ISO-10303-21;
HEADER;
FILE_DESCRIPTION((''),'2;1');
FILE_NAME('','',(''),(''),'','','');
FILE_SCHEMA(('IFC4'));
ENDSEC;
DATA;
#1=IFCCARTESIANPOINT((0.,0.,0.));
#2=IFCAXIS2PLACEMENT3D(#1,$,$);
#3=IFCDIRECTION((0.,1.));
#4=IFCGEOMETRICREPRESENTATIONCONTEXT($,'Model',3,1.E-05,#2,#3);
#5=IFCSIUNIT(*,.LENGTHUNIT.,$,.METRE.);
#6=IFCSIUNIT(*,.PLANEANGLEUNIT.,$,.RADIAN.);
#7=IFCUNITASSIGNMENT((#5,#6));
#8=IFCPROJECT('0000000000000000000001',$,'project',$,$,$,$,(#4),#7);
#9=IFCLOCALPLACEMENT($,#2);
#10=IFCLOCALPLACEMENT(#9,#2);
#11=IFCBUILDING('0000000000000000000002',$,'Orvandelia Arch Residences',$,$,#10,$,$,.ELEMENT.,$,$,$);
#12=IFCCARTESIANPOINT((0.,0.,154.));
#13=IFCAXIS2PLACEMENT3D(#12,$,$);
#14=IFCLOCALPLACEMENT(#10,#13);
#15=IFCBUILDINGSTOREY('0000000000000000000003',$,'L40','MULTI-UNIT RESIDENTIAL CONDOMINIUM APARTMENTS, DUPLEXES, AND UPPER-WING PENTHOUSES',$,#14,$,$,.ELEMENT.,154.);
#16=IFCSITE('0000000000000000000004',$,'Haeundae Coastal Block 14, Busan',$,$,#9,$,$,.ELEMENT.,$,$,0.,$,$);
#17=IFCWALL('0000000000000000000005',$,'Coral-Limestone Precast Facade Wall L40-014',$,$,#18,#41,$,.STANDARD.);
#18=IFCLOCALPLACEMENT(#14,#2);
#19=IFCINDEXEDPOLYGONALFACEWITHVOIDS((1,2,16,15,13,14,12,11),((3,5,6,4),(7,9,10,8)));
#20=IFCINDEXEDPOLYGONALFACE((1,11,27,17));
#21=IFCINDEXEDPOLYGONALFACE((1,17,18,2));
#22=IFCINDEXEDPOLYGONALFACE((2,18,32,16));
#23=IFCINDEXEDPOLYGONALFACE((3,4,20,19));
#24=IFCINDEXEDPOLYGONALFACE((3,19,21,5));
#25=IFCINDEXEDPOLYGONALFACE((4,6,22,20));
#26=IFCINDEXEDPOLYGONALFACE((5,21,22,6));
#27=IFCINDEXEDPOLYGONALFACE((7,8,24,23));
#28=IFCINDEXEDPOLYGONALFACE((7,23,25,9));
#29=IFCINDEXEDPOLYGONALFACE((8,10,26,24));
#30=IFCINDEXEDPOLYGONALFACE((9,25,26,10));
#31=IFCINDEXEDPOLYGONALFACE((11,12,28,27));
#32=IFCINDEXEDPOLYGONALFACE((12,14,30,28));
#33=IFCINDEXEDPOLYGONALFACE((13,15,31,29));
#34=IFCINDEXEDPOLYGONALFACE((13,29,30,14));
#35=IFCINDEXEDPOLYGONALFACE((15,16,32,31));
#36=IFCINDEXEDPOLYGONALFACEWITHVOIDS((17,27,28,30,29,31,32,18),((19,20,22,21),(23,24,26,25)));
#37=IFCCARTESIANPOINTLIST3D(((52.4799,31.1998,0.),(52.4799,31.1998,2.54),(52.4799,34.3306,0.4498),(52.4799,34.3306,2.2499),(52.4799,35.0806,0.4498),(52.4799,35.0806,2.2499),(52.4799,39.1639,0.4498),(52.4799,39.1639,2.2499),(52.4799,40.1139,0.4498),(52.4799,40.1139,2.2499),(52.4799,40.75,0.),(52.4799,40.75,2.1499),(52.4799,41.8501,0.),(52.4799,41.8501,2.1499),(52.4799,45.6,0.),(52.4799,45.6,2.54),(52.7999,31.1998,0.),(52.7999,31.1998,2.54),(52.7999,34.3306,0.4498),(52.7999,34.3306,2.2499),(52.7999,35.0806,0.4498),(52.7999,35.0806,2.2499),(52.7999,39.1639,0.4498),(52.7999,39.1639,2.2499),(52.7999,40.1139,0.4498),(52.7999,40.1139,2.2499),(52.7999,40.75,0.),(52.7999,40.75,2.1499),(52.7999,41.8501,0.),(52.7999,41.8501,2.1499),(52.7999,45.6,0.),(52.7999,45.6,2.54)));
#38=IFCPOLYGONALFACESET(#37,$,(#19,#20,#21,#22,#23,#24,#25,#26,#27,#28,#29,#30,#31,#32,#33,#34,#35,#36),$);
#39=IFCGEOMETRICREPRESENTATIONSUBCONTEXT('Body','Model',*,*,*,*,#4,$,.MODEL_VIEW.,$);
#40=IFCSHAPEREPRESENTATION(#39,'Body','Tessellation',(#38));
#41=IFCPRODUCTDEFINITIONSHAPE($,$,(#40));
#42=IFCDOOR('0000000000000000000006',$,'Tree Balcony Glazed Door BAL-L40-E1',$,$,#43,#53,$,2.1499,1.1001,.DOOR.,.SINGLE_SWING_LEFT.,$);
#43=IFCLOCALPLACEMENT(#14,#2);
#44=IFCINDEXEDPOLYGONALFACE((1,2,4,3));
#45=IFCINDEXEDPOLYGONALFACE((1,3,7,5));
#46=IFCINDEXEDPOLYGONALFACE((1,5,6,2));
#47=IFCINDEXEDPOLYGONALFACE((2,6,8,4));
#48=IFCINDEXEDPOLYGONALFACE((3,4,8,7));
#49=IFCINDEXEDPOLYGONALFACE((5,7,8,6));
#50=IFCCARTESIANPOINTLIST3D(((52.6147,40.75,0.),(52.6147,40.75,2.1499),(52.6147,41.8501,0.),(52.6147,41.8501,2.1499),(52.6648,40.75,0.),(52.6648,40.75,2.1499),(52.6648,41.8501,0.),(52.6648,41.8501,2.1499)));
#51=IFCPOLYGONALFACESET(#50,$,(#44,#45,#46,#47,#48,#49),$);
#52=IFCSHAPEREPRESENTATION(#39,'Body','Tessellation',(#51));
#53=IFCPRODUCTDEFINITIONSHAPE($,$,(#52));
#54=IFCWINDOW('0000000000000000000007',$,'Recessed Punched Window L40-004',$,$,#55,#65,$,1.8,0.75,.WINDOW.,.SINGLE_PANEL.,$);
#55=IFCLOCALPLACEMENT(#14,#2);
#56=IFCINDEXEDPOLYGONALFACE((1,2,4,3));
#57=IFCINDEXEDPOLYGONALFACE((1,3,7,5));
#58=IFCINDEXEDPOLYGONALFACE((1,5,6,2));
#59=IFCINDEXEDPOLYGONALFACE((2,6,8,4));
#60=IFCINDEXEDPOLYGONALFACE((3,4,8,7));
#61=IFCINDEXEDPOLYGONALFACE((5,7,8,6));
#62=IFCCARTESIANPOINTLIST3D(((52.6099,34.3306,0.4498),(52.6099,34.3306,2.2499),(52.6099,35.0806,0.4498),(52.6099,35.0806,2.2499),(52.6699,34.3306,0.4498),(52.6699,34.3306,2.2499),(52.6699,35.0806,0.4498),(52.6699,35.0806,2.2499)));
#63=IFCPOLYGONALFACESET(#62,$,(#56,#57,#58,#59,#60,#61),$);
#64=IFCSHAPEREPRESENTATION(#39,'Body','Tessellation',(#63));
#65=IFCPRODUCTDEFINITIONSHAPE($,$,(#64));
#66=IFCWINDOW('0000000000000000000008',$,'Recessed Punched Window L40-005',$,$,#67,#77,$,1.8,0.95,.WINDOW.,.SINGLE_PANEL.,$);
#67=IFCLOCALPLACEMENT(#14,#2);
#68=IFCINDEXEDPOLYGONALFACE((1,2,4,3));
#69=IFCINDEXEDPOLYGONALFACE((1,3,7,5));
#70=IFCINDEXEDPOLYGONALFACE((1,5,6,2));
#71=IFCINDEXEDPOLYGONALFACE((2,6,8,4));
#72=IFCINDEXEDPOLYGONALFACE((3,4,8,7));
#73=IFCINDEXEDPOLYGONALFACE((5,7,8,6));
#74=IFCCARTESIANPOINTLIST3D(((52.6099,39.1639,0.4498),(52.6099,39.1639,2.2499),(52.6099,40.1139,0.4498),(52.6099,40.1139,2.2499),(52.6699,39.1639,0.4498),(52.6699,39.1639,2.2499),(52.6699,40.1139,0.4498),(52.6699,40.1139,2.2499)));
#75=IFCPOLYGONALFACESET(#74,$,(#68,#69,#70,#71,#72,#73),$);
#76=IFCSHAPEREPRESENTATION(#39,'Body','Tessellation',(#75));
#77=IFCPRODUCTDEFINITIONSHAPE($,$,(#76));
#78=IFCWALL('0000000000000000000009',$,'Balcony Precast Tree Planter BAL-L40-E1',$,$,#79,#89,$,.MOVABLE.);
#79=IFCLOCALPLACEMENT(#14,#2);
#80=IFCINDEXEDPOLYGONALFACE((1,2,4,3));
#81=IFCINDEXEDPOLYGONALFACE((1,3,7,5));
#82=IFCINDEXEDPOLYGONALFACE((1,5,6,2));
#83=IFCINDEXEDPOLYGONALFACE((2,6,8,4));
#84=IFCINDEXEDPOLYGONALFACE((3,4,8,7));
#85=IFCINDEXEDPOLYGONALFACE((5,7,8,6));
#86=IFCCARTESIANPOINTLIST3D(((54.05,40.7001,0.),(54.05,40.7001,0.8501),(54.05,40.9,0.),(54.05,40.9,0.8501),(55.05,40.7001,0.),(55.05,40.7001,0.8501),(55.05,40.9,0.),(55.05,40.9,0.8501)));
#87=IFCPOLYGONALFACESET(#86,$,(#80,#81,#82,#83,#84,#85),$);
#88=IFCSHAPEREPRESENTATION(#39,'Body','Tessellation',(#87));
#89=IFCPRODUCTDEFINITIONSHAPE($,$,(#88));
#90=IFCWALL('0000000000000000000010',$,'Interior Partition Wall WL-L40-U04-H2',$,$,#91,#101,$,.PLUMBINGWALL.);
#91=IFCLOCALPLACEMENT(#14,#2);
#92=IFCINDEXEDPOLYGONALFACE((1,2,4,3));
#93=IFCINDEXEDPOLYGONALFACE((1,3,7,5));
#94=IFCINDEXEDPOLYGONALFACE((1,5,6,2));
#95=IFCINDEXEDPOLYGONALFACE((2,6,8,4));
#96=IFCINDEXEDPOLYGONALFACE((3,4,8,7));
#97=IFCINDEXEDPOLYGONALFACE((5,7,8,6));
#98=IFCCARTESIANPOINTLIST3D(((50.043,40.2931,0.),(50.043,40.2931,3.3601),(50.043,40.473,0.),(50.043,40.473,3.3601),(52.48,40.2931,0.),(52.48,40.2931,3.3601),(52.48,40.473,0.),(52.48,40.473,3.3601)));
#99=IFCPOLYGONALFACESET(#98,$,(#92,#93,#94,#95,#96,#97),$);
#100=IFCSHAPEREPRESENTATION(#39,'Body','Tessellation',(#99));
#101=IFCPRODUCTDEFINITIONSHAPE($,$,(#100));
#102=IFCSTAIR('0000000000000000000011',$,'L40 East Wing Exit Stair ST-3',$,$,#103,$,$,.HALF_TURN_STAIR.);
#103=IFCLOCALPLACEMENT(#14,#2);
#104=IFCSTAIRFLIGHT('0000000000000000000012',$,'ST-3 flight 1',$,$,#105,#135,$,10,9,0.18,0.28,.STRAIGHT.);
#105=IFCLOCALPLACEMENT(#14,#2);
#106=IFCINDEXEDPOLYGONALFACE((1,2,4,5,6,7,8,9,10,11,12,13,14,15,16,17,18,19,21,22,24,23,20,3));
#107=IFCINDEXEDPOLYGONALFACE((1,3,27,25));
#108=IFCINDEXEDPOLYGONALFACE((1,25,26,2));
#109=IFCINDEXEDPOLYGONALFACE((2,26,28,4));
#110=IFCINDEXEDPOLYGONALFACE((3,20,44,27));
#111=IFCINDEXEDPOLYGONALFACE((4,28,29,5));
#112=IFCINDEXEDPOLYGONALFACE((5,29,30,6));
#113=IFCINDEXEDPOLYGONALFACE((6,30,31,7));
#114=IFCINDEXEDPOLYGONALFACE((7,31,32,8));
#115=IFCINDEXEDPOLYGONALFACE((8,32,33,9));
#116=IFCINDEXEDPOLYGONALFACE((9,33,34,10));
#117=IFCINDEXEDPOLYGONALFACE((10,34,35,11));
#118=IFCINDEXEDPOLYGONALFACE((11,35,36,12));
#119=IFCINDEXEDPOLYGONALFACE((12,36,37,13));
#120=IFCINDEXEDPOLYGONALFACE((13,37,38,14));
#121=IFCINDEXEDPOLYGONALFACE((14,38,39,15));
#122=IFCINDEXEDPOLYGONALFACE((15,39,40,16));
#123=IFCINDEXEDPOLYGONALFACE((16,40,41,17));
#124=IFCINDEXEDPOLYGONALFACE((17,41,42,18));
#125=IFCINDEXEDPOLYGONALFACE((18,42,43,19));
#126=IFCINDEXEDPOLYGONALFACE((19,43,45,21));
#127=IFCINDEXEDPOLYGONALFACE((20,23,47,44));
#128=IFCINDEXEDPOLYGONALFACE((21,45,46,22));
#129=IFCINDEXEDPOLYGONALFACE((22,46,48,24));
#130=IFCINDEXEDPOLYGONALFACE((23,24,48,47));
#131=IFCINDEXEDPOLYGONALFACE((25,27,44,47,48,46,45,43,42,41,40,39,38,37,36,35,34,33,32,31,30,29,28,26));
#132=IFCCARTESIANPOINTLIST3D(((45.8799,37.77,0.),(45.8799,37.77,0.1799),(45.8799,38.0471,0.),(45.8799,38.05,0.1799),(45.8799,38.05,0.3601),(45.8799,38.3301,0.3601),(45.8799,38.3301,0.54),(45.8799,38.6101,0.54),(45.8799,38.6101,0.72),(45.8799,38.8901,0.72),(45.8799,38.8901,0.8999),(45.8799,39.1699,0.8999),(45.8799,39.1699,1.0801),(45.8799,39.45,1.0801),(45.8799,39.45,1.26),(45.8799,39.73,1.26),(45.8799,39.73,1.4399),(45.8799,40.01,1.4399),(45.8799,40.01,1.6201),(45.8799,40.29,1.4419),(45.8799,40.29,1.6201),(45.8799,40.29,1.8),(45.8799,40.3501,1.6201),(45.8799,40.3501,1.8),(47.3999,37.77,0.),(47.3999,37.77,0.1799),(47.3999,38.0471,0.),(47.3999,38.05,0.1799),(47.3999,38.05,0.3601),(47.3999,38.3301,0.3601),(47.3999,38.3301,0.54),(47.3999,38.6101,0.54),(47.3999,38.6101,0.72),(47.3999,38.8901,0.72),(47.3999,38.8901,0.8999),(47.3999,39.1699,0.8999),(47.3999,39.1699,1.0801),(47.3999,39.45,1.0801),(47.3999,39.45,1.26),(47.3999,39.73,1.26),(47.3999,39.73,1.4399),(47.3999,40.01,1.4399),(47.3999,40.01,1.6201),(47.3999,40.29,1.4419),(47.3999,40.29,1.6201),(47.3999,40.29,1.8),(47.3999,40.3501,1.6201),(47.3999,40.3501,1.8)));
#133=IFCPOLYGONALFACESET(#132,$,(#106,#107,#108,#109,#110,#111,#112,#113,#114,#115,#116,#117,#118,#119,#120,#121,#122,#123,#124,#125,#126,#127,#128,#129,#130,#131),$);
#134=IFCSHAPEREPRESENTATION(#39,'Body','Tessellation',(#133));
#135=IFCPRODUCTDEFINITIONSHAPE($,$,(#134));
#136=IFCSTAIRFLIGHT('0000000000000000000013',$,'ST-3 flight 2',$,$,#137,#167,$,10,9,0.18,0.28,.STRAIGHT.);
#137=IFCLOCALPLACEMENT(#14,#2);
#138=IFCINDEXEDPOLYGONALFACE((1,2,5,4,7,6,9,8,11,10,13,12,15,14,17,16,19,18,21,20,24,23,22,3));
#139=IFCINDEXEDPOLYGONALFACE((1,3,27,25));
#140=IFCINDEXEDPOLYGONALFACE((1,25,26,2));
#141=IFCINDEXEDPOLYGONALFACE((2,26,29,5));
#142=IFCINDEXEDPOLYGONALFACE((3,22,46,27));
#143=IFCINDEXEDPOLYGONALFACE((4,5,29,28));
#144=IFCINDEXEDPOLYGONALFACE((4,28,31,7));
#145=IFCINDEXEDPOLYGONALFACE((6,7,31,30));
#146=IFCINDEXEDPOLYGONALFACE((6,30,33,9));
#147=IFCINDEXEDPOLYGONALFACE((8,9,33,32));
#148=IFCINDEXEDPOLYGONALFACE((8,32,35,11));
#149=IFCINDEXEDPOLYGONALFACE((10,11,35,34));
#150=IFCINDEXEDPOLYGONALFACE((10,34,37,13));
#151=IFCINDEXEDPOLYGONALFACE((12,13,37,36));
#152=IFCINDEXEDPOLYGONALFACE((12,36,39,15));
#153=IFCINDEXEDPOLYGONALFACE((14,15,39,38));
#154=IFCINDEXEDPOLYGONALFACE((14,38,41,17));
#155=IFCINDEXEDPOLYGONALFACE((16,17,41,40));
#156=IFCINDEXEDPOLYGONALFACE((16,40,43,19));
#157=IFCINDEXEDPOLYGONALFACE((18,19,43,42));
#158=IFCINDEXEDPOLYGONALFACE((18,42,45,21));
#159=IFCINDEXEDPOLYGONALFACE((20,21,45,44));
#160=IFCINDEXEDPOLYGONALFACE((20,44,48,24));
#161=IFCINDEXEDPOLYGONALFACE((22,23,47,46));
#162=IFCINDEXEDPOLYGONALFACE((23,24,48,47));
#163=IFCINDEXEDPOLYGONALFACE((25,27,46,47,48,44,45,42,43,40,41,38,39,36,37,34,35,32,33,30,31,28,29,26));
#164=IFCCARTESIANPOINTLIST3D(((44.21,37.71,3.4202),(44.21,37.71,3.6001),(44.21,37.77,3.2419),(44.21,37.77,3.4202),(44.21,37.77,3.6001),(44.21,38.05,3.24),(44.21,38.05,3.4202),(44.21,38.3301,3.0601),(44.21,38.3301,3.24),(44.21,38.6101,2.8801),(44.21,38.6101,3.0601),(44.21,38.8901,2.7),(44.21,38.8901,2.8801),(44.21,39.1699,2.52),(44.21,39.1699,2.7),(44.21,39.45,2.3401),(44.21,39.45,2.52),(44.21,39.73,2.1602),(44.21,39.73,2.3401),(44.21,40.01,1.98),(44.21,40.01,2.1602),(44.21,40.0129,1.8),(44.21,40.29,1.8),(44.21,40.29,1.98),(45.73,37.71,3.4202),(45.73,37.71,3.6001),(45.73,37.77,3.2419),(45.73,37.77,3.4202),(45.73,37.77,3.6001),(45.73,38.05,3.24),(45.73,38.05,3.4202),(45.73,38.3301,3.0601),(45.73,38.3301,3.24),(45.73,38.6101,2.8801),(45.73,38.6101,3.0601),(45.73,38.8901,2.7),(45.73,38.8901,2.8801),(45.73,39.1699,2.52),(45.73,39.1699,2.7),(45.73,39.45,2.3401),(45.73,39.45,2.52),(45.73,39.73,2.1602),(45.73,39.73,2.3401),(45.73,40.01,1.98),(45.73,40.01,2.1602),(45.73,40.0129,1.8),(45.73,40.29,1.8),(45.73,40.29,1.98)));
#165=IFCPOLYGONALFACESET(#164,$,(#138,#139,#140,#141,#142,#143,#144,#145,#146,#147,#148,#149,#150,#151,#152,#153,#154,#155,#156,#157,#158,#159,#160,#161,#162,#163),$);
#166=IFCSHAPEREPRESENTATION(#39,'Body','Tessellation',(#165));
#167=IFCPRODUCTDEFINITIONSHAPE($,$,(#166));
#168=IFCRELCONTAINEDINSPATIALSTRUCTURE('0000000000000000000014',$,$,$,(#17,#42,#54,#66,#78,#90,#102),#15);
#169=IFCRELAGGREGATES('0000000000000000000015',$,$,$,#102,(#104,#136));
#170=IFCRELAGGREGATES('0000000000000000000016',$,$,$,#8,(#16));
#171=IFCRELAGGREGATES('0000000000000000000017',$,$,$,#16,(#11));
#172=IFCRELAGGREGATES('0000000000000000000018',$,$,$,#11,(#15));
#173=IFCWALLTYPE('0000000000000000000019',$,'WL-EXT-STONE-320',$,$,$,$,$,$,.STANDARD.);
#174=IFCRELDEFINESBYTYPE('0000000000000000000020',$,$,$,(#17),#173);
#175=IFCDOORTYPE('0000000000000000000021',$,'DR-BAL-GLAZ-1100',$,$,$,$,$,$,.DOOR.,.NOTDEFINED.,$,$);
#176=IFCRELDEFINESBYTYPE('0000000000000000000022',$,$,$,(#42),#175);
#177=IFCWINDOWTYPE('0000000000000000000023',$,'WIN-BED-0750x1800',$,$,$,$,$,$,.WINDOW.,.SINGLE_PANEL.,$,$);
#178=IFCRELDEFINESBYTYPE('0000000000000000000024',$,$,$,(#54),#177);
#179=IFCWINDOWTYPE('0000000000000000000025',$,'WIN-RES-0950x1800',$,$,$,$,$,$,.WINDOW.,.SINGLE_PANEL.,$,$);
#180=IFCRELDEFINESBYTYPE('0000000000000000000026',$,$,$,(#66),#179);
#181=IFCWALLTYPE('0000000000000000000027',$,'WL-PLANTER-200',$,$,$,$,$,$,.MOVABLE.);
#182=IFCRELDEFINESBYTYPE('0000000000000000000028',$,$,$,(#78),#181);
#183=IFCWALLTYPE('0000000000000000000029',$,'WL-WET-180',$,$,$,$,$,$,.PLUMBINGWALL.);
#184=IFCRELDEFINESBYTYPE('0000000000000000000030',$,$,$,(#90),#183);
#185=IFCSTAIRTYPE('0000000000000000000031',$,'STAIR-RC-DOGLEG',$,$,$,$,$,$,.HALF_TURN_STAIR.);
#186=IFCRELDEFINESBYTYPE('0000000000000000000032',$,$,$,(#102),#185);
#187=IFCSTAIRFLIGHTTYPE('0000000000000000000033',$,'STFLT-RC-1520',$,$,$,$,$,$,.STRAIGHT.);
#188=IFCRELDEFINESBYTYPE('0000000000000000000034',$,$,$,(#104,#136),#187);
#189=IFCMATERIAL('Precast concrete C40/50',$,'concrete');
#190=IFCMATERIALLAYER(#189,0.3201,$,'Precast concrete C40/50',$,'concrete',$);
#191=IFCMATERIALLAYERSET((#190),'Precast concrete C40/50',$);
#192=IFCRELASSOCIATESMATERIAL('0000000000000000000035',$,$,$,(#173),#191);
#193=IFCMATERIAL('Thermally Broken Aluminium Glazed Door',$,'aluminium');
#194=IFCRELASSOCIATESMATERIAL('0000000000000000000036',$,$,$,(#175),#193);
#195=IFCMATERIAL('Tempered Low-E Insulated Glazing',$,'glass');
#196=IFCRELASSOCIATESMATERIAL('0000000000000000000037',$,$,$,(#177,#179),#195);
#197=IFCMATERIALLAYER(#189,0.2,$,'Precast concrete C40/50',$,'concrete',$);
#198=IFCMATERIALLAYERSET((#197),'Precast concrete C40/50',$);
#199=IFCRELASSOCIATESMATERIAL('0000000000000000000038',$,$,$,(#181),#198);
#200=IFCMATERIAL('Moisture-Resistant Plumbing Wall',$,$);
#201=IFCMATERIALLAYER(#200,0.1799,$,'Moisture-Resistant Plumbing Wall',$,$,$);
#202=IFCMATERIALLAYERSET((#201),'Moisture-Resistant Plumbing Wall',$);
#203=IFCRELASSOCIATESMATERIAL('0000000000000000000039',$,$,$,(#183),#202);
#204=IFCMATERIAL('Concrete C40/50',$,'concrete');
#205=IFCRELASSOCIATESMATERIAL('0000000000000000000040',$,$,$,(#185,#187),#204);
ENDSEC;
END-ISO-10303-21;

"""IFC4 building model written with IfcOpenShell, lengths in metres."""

from ifc_helpers import new_model, si_unit, direction, frame, frame_2d, origin, place, context, subcontext, project, spatial, polyline, rectangle, outline, extrude, material, layer, layer_set, type_object, element, fill, aggregate, save


model = new_model("IFC4")

# Units and contexts
model_context = context("Model", 3, precision=1e-05, world=origin(), true_north=direction((0.0, 1.0)))
body_context = subcontext(model_context, "Body", "Model", "MODEL_VIEW")
ifc_project = project(units=[si_unit("LENGTHUNIT", "METRE"), si_unit("PLANEANGLEUNIT", "RADIAN")], contexts=[model_context])

# Site, building, storey
site_placement = place(None, origin())
site = spatial("IfcSite", under=ifc_project, at=site_placement, Name="Haeundae Coastal Block 14, Busan", CompositionType="ELEMENT", RefElevation=0.0)
building_placement = place(site_placement, origin())
building = spatial("IfcBuilding", under=site, at=building_placement, Name="Orvandelia Arch Residences", CompositionType="ELEMENT")
storey_placement = place(building_placement, frame((0.0, 0.0, 154.0)))
storey = spatial("IfcBuildingStorey", under=building, at=storey_placement, Name="L40", Description="MULTI-UNIT RESIDENTIAL CONDOMINIUM APARTMENTS, DUPLEXES, AND UPPER-WING PENTHOUSES", CompositionType="ELEMENT", Elevation=154.0)

# Shared definitions
ifc_material_1 = material(Name="Precast concrete C40/50", Category="concrete")
ifc_layer_1 = layer(ifc_material_1, 0.3201, Name="Precast concrete C40/50", Category="concrete")
ifc_layer_set_1 = layer_set([ifc_layer_1], Name="Precast concrete C40/50")
wall_type_1 = type_object("IfcWallType", Name="WL-EXT-STONE-320", PredefinedType="STANDARD", material=ifc_layer_set_1)

# Wall, openings, door, windows
wall_1_placement = place(storey_placement, frame((52.6399, 45.6001, 0.0), z_axis=(0.0, 0.0, 1.0), x_axis=(0.0, -1.0, 0.0)))
wall_1 = element("IfcWall", 1, at=wall_1_placement, inside=storey, type_object=wall_type_1, Name="Coral-Limestone Precast Facade Wall L40-014", PredefinedType="STANDARD", context=body_context, shape_type="SweptSolid", body=[
    extrude(rectangle(XDim=14.4001, YDim=0.3201, at=frame_2d((7.2002, 0.0))), origin(), (0.0, 0.0, 1.0), 2.54),
])
opening_1_placement = place(wall_1_placement, frame((3.75, 0.0, 0.0)))
opening_1 = element("IfcOpeningElement", 2, at=opening_1_placement, cuts=wall_1, PredefinedType="OPENING", context=body_context, shape_type="SweptSolid", body=[
    extrude(rectangle(XDim=1.1001, YDim=2.1499, at=frame_2d((0.55, 1.075))), frame((0.0, 0.1699, 0.0), z_axis=(0.0, -1.0, 0.0), x_axis=(1.0, 0.0, 0.0)), (0.0, 0.0, 1.0), 0.3401),
])
opening_2_placement = place(wall_1_placement, frame((10.5195, 0.0, 0.45)))
opening_2 = element("IfcOpeningElement", 3, at=opening_2_placement, cuts=wall_1, PredefinedType="OPENING", context=body_context, shape_type="SweptSolid", body=[
    extrude(rectangle(XDim=0.75, YDim=1.8, at=frame_2d((0.375, 0.8999))), frame((0.0, 0.1699, 0.0), z_axis=(0.0, -1.0, 0.0), x_axis=(1.0, 0.0, 0.0)), (0.0, 0.0, 1.0), 0.3401),
])
opening_3_placement = place(wall_1_placement, frame((5.4861, 0.0, 0.45)))
opening_3 = element("IfcOpeningElement", 4, at=opening_3_placement, cuts=wall_1, PredefinedType="OPENING", context=body_context, shape_type="SweptSolid", body=[
    extrude(rectangle(XDim=0.95, YDim=1.8, at=frame_2d((0.4751, 0.8999))), frame((0.0, 0.1699, 0.0), z_axis=(0.0, -1.0, 0.0), x_axis=(1.0, 0.0, 0.0)), (0.0, 0.0, 1.0), 0.3401),
])
ifc_material_2 = material(Name="Thermally Broken Aluminium Glazed Door", Category="aluminium")
door_type_1 = type_object("IfcDoorType", Name="DR-BAL-GLAZ-1100", OperationType="NOTDEFINED", PredefinedType="DOOR", material=ifc_material_2)
door_1_placement = place(opening_1_placement, origin())
door_1 = element("IfcDoor", 5, at=door_1_placement, inside=storey, type_object=door_type_1, Name="Tree Balcony Glazed Door BAL-L40-E1", OperationType="SINGLE_SWING_LEFT", OverallHeight=2.1499, OverallWidth=1.1001, PredefinedType="DOOR", context=body_context, shape_type="SweptSolid", body=[
    extrude(rectangle(XDim=1.1001, YDim=2.1499, at=frame_2d((0.55, 1.075))), frame((0.0, 0.0249, 0.0), z_axis=(0.0, -1.0, 0.0), x_axis=(1.0, 0.0, 0.0)), (0.0, 0.0, 1.0), 0.05),
])
fill(opening_1, door_1)
ifc_material_3 = material(Name="Tempered Low-E Insulated Glazing", Category="glass")
window_type_1 = type_object("IfcWindowType", Name="WIN-BED-0750x1800", PartitioningType="SINGLE_PANEL", PredefinedType="WINDOW", material=ifc_material_3)
window_1_placement = place(opening_2_placement, origin())
window_1 = element("IfcWindow", 6, at=window_1_placement, inside=storey, type_object=window_type_1, Name="Recessed Punched Window L40-004", OverallHeight=1.8, OverallWidth=0.75, PartitioningType="SINGLE_PANEL", PredefinedType="WINDOW", context=body_context, shape_type="SweptSolid", body=[
    extrude(rectangle(XDim=0.75, YDim=1.8, at=frame_2d((0.375, 0.8999))), frame((0.0, 0.03, 0.0), z_axis=(0.0, -1.0, 0.0), x_axis=(1.0, 0.0, 0.0)), (0.0, 0.0, 1.0), 0.0601),
])
fill(opening_2, window_1)
window_type_2 = type_object("IfcWindowType", Name="WIN-RES-0950x1800", PartitioningType="SINGLE_PANEL", PredefinedType="WINDOW", material=ifc_material_3)
window_2_placement = place(opening_3_placement, origin())
window_2 = element("IfcWindow", 7, at=window_2_placement, inside=storey, type_object=window_type_2, Name="Recessed Punched Window L40-005", OverallHeight=1.8, OverallWidth=0.95, PartitioningType="SINGLE_PANEL", PredefinedType="WINDOW", context=body_context, shape_type="SweptSolid", body=[
    extrude(rectangle(XDim=0.95, YDim=1.8, at=frame_2d((0.4751, 0.8999))), frame((0.0, 0.03, 0.0), z_axis=(0.0, -1.0, 0.0), x_axis=(1.0, 0.0, 0.0)), (0.0, 0.0, 1.0), 0.0601),
])
fill(opening_3, window_2)

# Walls
ifc_layer_2 = layer(ifc_material_1, 0.2, Name="Precast concrete C40/50", Category="concrete")
ifc_layer_set_2 = layer_set([ifc_layer_2], Name="Precast concrete C40/50")
wall_type_2 = type_object("IfcWallType", Name="WL-PLANTER-200", PredefinedType="MOVABLE", material=ifc_layer_set_2)
wall_2_placement = place(storey_placement, frame((54.05, 40.8, 0.0), z_axis=(0.0, 0.0, 1.0), x_axis=(1.0, 0.0, 0.0)))
element("IfcWall", 8, at=wall_2_placement, inside=storey, type_object=wall_type_2, Name="Balcony Precast Tree Planter BAL-L40-E1", PredefinedType="MOVABLE", context=body_context, shape_type="SweptSolid", body=[
    extrude(rectangle(XDim=1.0, YDim=0.2, at=frame_2d((0.5, 0.0))), origin(), (0.0, 0.0, 1.0), 0.8501),
])
ifc_material_4 = material(Name="Moisture-Resistant Plumbing Wall")
ifc_layer_3 = layer(ifc_material_4, 0.1799, Name="Moisture-Resistant Plumbing Wall")
ifc_layer_set_3 = layer_set([ifc_layer_3], Name="Moisture-Resistant Plumbing Wall")
wall_type_3 = type_object("IfcWallType", Name="WL-WET-180", PredefinedType="PLUMBINGWALL", material=ifc_layer_set_3)
wall_3_placement = place(storey_placement, frame((50.043, 40.3831, 0.0), z_axis=(0.0, 0.0, 1.0), x_axis=(1.0, 0.0, 0.0)))
element("IfcWall", 9, at=wall_3_placement, inside=storey, type_object=wall_type_3, Name="Interior Partition Wall WL-L40-U04-H2", PredefinedType="PLUMBINGWALL", context=body_context, shape_type="SweptSolid", body=[
    extrude(rectangle(XDim=2.437, YDim=0.1799, at=frame_2d((1.2185, 0.0))), origin(), (0.0, 0.0, 1.0), 3.3601),
])

# Stair, stair flights
ifc_material_5 = material(Name="Concrete C40/50", Category="concrete")
stair_type = type_object("IfcStairType", Name="STAIR-RC-DOGLEG", PredefinedType="HALF_TURN_STAIR", material=ifc_material_5)
stair_placement = place(storey_placement, origin())
stair = element("IfcStair", 10, at=stair_placement, inside=storey, type_object=stair_type, Name="L40 East Wing Exit Stair ST-3", PredefinedType="HALF_TURN_STAIR")
stair_flight_type = type_object("IfcStairFlightType", Name="STFLT-RC-1520", PredefinedType="STRAIGHT", material=ifc_material_5)
stair_flight_1_placement = place(storey_placement, frame((46.6399, 37.77, 0.0), z_axis=(0.0, 0.0, 1.0), x_axis=(0.0, 1.0, 0.0)))
stair_flight_1 = element("IfcStairFlight", 11, at=stair_flight_1_placement, type_object=stair_flight_type, Name="ST-3 flight 1", NumberOfRisers=10, NumberOfTreads=9, PredefinedType="STRAIGHT", RiserHeight=0.18, TreadLength=0.28, context=body_context, shape_type="SweptSolid", body=[
    extrude(outline(polyline([(0.0, 0.0), (0.0, 0.1799), (0.28, 0.1799), (0.28, 0.3601), (0.5601, 0.3601), (0.5601, 0.54), (0.8401, 0.54), (0.8401, 0.72), (1.1201, 0.72), (1.1201, 0.8999), (1.3999, 0.8999), (1.3999, 1.0801), (1.6799, 1.0801), (1.6799, 1.26), (1.96, 1.26), (1.96, 1.4399), (2.24, 1.4399), (2.24, 1.6201), (2.52, 1.6201), (2.52, 1.8), (2.5801, 1.8), (2.5801, 1.6201), (2.52, 1.4419), (0.2771, 0.0), (0.0, 0.0)])), frame((0.0, 0.76, 0.0), z_axis=(0.0, -1.0, 0.0), x_axis=(1.0, 0.0, 0.0)), (0.0, 0.0, 1.0), 1.52),
])
stair_flight_2_placement = place(storey_placement, frame((44.97, 40.29, 1.8), z_axis=(0.0, 0.0, 1.0), x_axis=(0.0, -1.0, 0.0)))
stair_flight_2 = element("IfcStairFlight", 12, at=stair_flight_2_placement, type_object=stair_flight_type, Name="ST-3 flight 2", NumberOfRisers=10, NumberOfTreads=9, PredefinedType="STRAIGHT", RiserHeight=0.18, TreadLength=0.28, context=body_context, shape_type="SweptSolid", body=[
    extrude(outline(polyline([(0.0, 0.0), (0.0, 0.1799), (0.28, 0.1799), (0.28, 0.3601), (0.5601, 0.3601), (0.5601, 0.54), (0.8401, 0.54), (0.8401, 0.72), (1.1201, 0.72), (1.1201, 0.8999), (1.3999, 0.8999), (1.3999, 1.0801), (1.6799, 1.0801), (1.6799, 1.26), (1.96, 1.26), (1.96, 1.4399), (2.24, 1.4399), (2.24, 1.6201), (2.52, 1.6201), (2.52, 1.8), (2.5801, 1.8), (2.5801, 1.6201), (2.52, 1.4419), (0.2771, 0.0), (0.0, 0.0)])), frame((0.0, 0.76, 0.0), z_axis=(0.0, -1.0, 0.0), x_axis=(1.0, 0.0, 0.0)), (0.0, 0.0, 1.0), 1.52),
])
aggregate(stair, [stair_flight_1, stair_flight_2])

save(model, "model.ifc")
